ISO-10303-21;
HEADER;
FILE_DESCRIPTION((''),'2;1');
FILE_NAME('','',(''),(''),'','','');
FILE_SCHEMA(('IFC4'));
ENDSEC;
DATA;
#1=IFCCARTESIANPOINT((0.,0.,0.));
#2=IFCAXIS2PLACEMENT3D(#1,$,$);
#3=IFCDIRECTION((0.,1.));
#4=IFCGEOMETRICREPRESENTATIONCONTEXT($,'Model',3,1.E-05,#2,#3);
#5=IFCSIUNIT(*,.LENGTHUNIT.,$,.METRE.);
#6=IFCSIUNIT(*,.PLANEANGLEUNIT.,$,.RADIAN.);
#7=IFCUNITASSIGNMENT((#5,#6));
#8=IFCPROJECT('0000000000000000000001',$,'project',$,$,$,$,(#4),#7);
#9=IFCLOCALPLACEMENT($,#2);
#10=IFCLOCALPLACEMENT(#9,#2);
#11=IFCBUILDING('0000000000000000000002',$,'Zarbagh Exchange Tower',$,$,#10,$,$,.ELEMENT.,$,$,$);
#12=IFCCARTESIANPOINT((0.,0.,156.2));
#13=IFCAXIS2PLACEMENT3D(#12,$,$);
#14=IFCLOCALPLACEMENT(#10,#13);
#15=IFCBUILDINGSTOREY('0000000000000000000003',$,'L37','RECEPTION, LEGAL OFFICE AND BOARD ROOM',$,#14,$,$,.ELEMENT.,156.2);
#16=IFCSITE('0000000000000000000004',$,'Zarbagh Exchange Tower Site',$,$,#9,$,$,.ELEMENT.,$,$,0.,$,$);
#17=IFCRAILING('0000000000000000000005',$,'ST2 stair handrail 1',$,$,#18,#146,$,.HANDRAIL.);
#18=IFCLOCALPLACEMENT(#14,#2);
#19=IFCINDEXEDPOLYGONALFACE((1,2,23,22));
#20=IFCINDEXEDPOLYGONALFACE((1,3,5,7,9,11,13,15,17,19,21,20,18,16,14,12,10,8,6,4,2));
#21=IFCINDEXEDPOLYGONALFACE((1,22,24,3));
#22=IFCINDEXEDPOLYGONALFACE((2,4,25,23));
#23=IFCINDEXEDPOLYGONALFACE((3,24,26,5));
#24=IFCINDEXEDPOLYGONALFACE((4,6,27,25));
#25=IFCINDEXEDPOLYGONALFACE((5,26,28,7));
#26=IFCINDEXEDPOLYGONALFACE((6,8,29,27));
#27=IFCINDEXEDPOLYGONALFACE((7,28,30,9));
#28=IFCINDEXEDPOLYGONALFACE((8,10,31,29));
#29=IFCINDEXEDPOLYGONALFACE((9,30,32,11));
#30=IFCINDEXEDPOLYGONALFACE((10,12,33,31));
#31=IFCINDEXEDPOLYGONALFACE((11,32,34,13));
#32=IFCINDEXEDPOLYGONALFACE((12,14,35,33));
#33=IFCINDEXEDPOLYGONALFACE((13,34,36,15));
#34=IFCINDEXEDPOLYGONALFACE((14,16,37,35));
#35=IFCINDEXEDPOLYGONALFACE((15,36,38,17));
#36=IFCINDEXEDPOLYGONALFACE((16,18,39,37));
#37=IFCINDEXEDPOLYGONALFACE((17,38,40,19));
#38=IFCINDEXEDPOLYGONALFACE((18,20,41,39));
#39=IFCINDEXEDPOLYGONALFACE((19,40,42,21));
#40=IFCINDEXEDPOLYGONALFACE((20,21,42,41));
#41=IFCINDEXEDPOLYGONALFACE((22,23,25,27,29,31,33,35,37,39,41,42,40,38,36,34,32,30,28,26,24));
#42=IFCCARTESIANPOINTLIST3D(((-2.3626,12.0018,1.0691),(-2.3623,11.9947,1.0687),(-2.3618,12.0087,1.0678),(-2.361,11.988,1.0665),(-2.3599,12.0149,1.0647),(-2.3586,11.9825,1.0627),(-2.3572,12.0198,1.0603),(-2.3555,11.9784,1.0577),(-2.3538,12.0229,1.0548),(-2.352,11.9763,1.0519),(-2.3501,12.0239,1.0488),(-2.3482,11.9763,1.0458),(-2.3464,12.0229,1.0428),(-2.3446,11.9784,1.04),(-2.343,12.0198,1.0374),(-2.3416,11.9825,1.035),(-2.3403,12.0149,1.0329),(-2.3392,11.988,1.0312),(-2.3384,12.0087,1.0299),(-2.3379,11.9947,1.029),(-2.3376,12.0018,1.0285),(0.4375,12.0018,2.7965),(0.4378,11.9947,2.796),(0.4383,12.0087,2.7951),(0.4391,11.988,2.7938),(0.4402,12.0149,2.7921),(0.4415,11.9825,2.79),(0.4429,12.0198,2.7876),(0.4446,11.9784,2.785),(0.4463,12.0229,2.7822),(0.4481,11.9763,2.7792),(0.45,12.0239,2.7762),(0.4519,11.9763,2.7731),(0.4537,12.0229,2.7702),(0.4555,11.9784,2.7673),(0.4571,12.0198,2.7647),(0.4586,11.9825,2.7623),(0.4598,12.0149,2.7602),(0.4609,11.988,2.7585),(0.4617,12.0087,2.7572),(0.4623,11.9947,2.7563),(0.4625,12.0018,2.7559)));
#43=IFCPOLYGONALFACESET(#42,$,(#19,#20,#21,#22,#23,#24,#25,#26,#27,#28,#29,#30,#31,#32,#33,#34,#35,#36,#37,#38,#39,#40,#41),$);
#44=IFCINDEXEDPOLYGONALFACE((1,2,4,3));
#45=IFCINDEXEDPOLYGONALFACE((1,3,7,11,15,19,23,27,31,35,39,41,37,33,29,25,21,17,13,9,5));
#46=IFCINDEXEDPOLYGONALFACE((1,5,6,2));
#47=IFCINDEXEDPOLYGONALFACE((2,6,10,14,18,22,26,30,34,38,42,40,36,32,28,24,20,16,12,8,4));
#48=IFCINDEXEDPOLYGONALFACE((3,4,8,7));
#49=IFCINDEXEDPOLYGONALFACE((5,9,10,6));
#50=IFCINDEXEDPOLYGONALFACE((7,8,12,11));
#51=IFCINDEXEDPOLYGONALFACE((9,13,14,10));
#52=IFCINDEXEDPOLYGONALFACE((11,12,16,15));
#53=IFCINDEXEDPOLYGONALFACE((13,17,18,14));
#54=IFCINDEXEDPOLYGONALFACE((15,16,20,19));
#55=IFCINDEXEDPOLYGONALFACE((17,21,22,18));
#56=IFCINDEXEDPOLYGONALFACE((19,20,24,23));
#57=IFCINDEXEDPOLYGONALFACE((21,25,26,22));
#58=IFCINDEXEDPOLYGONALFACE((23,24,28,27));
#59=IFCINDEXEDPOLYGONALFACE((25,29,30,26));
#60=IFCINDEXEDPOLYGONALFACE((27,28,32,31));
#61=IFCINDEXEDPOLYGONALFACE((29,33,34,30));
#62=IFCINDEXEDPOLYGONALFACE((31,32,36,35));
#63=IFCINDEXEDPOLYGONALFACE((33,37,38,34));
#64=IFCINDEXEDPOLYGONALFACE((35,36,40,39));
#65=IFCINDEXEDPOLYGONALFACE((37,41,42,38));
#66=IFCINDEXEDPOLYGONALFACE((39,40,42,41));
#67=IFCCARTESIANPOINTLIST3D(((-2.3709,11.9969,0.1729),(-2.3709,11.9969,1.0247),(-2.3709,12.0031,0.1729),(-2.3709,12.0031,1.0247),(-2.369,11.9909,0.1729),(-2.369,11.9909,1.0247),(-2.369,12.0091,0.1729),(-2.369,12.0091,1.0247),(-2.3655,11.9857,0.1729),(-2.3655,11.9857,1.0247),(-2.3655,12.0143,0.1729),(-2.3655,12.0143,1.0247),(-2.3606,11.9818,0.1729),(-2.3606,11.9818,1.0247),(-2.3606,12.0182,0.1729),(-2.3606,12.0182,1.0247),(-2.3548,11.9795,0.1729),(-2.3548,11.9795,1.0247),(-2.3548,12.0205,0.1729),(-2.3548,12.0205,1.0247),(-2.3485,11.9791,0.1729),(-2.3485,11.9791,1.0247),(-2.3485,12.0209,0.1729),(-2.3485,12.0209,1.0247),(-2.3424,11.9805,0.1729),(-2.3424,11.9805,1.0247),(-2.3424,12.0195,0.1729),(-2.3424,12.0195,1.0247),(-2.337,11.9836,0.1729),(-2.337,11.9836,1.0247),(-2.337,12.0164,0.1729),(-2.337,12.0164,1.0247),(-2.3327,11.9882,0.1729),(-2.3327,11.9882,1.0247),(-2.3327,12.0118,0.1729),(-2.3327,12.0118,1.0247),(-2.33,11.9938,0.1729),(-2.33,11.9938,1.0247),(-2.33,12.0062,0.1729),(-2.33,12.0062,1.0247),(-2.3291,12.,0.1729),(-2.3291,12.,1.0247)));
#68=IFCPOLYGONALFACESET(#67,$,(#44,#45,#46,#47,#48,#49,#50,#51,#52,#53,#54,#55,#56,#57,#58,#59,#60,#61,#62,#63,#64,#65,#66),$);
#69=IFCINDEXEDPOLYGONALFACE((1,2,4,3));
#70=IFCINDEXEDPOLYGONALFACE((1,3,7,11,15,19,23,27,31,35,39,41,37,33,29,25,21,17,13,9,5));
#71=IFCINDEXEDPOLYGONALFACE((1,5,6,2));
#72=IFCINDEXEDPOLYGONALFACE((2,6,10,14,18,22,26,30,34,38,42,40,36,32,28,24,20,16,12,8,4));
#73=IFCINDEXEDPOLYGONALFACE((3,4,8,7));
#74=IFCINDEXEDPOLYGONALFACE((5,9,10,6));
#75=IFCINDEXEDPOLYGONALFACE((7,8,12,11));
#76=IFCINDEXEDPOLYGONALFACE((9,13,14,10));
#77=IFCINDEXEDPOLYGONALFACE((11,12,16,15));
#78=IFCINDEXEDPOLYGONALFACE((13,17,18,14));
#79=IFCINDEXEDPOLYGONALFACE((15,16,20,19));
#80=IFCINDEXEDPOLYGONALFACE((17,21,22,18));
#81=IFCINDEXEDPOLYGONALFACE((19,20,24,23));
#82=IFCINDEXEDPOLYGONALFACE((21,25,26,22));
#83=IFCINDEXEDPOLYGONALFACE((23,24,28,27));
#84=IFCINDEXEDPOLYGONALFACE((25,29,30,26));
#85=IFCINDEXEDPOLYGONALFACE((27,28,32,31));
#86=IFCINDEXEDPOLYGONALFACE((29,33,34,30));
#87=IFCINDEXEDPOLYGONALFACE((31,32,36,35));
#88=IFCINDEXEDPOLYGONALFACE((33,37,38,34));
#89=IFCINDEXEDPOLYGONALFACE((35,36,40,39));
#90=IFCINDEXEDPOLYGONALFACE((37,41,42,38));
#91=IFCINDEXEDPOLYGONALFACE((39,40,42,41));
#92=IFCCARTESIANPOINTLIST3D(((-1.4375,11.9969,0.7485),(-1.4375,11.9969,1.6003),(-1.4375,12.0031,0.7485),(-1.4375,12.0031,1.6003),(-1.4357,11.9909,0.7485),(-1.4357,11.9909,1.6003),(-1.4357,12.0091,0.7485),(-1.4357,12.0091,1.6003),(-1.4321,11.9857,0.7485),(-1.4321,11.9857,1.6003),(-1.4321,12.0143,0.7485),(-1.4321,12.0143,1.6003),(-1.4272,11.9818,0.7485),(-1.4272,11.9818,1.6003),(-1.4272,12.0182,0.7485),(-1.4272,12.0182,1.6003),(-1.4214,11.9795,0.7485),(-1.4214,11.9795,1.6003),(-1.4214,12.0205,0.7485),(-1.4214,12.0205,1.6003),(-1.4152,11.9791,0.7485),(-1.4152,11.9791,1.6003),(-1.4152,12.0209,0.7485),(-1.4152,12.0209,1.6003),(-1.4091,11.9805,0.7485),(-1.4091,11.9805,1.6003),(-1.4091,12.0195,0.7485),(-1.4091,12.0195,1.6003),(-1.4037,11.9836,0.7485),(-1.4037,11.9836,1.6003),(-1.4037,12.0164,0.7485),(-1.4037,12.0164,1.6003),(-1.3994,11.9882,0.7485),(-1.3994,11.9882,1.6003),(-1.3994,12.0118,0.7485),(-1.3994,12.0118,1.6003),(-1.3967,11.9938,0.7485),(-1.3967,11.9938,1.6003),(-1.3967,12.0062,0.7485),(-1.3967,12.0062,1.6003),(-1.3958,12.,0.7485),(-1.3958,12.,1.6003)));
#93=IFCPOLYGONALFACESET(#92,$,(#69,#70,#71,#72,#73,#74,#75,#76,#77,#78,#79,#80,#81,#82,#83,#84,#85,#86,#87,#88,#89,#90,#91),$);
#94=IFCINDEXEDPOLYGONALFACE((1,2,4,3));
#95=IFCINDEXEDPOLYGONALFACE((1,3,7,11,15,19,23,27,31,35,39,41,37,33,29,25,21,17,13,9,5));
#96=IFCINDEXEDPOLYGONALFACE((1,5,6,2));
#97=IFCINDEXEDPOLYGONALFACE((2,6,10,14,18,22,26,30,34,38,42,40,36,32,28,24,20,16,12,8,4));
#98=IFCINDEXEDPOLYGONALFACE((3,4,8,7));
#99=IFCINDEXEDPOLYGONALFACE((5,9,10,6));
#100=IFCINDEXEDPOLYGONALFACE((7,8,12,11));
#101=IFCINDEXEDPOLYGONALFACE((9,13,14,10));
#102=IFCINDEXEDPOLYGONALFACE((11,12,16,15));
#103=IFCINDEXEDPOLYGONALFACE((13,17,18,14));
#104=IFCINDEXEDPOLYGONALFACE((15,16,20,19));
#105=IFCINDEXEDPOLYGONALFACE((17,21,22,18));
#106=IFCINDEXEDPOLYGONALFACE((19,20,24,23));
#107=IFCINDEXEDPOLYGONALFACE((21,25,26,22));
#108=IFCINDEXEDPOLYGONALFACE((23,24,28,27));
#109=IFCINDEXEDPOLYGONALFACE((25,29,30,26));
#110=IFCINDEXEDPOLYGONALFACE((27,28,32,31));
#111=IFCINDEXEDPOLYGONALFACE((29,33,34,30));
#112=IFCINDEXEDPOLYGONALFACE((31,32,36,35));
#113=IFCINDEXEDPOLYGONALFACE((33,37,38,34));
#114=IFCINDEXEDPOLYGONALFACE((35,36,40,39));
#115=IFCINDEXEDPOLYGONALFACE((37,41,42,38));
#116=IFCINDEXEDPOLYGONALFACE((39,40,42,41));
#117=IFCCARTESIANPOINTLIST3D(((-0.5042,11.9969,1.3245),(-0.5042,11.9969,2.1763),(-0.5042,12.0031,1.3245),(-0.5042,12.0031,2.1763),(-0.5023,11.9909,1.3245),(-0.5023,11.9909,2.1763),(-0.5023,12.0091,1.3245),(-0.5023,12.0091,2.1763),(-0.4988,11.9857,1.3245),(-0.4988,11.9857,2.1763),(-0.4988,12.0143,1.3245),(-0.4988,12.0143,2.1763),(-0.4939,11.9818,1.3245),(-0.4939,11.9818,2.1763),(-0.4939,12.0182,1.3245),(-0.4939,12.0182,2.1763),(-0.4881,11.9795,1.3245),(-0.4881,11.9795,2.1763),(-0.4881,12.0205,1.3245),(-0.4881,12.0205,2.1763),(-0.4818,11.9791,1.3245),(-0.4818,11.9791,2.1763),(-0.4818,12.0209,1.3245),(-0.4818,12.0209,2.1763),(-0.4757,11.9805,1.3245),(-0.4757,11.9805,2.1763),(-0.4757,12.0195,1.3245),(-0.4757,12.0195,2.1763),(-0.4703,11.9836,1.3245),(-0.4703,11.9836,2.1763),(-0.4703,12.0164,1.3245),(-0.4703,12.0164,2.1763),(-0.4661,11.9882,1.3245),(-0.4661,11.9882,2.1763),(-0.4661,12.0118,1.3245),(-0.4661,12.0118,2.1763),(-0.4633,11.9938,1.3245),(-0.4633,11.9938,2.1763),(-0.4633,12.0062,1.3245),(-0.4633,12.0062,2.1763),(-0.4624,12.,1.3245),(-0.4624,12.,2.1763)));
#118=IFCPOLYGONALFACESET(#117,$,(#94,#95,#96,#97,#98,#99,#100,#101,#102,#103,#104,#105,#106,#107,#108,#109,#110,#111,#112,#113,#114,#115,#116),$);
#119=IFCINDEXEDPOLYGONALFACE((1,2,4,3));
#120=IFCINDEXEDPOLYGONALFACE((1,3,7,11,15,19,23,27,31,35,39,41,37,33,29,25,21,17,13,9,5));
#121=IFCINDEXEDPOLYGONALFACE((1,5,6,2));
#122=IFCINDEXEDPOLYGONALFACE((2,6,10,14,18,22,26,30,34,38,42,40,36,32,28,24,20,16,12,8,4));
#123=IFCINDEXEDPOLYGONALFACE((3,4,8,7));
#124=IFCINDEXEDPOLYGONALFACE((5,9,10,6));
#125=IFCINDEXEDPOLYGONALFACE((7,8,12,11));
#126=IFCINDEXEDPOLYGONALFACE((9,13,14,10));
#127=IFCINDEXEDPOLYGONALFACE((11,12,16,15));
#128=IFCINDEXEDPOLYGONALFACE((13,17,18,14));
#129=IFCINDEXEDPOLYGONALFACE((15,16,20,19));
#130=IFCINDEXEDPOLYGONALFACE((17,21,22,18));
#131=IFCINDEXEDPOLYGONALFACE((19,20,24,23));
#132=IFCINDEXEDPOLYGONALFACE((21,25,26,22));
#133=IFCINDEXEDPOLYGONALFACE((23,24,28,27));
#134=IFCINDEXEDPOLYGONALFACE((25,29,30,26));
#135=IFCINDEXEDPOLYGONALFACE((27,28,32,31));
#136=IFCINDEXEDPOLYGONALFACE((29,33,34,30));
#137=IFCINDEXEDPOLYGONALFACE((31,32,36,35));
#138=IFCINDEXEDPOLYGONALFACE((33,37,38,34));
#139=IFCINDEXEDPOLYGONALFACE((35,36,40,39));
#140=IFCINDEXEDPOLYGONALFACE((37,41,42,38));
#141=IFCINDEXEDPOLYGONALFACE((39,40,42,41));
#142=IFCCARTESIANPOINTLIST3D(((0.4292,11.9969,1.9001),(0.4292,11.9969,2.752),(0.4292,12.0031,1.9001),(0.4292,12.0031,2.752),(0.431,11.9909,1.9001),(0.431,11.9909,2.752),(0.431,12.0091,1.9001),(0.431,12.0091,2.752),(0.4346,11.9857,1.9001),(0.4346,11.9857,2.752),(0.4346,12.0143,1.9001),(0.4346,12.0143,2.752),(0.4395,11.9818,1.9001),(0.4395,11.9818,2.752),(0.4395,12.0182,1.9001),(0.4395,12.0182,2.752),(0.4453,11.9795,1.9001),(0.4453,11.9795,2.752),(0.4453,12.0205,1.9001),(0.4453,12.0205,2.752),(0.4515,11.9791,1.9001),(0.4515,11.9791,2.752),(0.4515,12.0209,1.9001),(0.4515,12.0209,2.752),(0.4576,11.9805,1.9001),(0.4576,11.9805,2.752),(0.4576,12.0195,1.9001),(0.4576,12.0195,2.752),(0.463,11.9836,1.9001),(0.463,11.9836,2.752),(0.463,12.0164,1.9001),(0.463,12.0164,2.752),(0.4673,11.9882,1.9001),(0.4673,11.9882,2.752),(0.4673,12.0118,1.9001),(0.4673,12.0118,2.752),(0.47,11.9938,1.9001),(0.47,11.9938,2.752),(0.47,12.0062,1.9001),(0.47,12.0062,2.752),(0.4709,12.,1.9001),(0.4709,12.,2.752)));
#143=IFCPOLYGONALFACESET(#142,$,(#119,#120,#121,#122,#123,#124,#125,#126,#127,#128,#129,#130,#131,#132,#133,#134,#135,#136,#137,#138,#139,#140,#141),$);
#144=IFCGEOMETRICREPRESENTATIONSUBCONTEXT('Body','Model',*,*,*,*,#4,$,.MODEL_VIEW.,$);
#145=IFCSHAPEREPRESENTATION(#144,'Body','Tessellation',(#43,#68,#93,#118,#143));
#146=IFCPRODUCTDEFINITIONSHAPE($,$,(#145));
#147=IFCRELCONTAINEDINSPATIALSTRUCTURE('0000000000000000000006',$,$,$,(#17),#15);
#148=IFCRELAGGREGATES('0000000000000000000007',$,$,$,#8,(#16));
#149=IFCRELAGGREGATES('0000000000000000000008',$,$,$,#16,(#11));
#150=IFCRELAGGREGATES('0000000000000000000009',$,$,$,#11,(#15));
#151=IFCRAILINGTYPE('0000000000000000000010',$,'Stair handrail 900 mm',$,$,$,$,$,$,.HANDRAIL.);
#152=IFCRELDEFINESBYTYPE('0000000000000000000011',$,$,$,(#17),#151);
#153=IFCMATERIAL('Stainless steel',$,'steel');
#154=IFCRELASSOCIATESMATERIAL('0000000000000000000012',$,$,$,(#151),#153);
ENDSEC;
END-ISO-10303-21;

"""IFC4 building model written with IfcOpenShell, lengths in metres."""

from ifc_helpers import new_model, si_unit, direction, frame, origin, origin_2d, place, context, subcontext, project, spatial, circle, extrude, material, type_object, element, save


model = new_model("IFC4")

# Units and contexts
model_context = context("Model", 3, precision=1e-05, world=origin(), true_north=direction((0.0, 1.0)))
body_context = subcontext(model_context, "Body", "Model", "MODEL_VIEW")
ifc_project = project(units=[si_unit("LENGTHUNIT", "METRE"), si_unit("PLANEANGLEUNIT", "RADIAN")], contexts=[model_context])

# Site, building, storey
site_placement = place(None, origin())
site = spatial("IfcSite", under=ifc_project, at=site_placement, Name="Zarbagh Exchange Tower Site", CompositionType="ELEMENT", RefElevation=0.0)
building_placement = place(site_placement, origin())
building = spatial("IfcBuilding", under=site, at=building_placement, Name="Zarbagh Exchange Tower", CompositionType="ELEMENT")
storey_placement = place(building_placement, frame((0.0, 0.0, 156.2)))
storey = spatial("IfcBuildingStorey", under=building, at=storey_placement, Name="L37", Description="RECEPTION, LEGAL OFFICE AND BOARD ROOM", CompositionType="ELEMENT", Elevation=156.2)

# Railing
ifc_material_1 = material(Name="Stainless steel", Category="steel")
railing_type = type_object("IfcRailingType", Name="Stair handrail 900 mm", PredefinedType="HANDRAIL", material=ifc_material_1)
railing_placement = place(storey_placement, frame((-2.3501, 12.0, 0.1729)))
element("IfcRailing", 1, at=railing_placement, inside=storey, type_object=railing_type, Name="ST2 stair handrail 1", PredefinedType="HANDRAIL", context=body_context, shape_type="SweptSolid", body=[
    extrude(circle(Radius=0.0239, at=origin_2d()), frame((0.0, 0.0, 0.876), z_axis=(0.85109, 0.0, 0.52502), x_axis=(0.0, 1.0, 0.0)), (0.0, 0.0, 1.0), 3.29),
    extrude(circle(Radius=0.021, at=origin_2d()), origin(), (0.0, 0.0, 1.0), 0.8518),
    extrude(circle(Radius=0.021, at=origin_2d()), frame((0.9333, 0.0, 0.5757)), (0.0, 0.0, 1.0), 0.8518),
    extrude(circle(Radius=0.021, at=origin_2d()), frame((1.8667, 0.0, 1.1516)), (0.0, 0.0, 1.0), 0.8518),
    extrude(circle(Radius=0.021, at=origin_2d()), frame((2.8, 0.0, 1.7273)), (0.0, 0.0, 1.0), 0.8518),
])

save(model, "model.ifc")
